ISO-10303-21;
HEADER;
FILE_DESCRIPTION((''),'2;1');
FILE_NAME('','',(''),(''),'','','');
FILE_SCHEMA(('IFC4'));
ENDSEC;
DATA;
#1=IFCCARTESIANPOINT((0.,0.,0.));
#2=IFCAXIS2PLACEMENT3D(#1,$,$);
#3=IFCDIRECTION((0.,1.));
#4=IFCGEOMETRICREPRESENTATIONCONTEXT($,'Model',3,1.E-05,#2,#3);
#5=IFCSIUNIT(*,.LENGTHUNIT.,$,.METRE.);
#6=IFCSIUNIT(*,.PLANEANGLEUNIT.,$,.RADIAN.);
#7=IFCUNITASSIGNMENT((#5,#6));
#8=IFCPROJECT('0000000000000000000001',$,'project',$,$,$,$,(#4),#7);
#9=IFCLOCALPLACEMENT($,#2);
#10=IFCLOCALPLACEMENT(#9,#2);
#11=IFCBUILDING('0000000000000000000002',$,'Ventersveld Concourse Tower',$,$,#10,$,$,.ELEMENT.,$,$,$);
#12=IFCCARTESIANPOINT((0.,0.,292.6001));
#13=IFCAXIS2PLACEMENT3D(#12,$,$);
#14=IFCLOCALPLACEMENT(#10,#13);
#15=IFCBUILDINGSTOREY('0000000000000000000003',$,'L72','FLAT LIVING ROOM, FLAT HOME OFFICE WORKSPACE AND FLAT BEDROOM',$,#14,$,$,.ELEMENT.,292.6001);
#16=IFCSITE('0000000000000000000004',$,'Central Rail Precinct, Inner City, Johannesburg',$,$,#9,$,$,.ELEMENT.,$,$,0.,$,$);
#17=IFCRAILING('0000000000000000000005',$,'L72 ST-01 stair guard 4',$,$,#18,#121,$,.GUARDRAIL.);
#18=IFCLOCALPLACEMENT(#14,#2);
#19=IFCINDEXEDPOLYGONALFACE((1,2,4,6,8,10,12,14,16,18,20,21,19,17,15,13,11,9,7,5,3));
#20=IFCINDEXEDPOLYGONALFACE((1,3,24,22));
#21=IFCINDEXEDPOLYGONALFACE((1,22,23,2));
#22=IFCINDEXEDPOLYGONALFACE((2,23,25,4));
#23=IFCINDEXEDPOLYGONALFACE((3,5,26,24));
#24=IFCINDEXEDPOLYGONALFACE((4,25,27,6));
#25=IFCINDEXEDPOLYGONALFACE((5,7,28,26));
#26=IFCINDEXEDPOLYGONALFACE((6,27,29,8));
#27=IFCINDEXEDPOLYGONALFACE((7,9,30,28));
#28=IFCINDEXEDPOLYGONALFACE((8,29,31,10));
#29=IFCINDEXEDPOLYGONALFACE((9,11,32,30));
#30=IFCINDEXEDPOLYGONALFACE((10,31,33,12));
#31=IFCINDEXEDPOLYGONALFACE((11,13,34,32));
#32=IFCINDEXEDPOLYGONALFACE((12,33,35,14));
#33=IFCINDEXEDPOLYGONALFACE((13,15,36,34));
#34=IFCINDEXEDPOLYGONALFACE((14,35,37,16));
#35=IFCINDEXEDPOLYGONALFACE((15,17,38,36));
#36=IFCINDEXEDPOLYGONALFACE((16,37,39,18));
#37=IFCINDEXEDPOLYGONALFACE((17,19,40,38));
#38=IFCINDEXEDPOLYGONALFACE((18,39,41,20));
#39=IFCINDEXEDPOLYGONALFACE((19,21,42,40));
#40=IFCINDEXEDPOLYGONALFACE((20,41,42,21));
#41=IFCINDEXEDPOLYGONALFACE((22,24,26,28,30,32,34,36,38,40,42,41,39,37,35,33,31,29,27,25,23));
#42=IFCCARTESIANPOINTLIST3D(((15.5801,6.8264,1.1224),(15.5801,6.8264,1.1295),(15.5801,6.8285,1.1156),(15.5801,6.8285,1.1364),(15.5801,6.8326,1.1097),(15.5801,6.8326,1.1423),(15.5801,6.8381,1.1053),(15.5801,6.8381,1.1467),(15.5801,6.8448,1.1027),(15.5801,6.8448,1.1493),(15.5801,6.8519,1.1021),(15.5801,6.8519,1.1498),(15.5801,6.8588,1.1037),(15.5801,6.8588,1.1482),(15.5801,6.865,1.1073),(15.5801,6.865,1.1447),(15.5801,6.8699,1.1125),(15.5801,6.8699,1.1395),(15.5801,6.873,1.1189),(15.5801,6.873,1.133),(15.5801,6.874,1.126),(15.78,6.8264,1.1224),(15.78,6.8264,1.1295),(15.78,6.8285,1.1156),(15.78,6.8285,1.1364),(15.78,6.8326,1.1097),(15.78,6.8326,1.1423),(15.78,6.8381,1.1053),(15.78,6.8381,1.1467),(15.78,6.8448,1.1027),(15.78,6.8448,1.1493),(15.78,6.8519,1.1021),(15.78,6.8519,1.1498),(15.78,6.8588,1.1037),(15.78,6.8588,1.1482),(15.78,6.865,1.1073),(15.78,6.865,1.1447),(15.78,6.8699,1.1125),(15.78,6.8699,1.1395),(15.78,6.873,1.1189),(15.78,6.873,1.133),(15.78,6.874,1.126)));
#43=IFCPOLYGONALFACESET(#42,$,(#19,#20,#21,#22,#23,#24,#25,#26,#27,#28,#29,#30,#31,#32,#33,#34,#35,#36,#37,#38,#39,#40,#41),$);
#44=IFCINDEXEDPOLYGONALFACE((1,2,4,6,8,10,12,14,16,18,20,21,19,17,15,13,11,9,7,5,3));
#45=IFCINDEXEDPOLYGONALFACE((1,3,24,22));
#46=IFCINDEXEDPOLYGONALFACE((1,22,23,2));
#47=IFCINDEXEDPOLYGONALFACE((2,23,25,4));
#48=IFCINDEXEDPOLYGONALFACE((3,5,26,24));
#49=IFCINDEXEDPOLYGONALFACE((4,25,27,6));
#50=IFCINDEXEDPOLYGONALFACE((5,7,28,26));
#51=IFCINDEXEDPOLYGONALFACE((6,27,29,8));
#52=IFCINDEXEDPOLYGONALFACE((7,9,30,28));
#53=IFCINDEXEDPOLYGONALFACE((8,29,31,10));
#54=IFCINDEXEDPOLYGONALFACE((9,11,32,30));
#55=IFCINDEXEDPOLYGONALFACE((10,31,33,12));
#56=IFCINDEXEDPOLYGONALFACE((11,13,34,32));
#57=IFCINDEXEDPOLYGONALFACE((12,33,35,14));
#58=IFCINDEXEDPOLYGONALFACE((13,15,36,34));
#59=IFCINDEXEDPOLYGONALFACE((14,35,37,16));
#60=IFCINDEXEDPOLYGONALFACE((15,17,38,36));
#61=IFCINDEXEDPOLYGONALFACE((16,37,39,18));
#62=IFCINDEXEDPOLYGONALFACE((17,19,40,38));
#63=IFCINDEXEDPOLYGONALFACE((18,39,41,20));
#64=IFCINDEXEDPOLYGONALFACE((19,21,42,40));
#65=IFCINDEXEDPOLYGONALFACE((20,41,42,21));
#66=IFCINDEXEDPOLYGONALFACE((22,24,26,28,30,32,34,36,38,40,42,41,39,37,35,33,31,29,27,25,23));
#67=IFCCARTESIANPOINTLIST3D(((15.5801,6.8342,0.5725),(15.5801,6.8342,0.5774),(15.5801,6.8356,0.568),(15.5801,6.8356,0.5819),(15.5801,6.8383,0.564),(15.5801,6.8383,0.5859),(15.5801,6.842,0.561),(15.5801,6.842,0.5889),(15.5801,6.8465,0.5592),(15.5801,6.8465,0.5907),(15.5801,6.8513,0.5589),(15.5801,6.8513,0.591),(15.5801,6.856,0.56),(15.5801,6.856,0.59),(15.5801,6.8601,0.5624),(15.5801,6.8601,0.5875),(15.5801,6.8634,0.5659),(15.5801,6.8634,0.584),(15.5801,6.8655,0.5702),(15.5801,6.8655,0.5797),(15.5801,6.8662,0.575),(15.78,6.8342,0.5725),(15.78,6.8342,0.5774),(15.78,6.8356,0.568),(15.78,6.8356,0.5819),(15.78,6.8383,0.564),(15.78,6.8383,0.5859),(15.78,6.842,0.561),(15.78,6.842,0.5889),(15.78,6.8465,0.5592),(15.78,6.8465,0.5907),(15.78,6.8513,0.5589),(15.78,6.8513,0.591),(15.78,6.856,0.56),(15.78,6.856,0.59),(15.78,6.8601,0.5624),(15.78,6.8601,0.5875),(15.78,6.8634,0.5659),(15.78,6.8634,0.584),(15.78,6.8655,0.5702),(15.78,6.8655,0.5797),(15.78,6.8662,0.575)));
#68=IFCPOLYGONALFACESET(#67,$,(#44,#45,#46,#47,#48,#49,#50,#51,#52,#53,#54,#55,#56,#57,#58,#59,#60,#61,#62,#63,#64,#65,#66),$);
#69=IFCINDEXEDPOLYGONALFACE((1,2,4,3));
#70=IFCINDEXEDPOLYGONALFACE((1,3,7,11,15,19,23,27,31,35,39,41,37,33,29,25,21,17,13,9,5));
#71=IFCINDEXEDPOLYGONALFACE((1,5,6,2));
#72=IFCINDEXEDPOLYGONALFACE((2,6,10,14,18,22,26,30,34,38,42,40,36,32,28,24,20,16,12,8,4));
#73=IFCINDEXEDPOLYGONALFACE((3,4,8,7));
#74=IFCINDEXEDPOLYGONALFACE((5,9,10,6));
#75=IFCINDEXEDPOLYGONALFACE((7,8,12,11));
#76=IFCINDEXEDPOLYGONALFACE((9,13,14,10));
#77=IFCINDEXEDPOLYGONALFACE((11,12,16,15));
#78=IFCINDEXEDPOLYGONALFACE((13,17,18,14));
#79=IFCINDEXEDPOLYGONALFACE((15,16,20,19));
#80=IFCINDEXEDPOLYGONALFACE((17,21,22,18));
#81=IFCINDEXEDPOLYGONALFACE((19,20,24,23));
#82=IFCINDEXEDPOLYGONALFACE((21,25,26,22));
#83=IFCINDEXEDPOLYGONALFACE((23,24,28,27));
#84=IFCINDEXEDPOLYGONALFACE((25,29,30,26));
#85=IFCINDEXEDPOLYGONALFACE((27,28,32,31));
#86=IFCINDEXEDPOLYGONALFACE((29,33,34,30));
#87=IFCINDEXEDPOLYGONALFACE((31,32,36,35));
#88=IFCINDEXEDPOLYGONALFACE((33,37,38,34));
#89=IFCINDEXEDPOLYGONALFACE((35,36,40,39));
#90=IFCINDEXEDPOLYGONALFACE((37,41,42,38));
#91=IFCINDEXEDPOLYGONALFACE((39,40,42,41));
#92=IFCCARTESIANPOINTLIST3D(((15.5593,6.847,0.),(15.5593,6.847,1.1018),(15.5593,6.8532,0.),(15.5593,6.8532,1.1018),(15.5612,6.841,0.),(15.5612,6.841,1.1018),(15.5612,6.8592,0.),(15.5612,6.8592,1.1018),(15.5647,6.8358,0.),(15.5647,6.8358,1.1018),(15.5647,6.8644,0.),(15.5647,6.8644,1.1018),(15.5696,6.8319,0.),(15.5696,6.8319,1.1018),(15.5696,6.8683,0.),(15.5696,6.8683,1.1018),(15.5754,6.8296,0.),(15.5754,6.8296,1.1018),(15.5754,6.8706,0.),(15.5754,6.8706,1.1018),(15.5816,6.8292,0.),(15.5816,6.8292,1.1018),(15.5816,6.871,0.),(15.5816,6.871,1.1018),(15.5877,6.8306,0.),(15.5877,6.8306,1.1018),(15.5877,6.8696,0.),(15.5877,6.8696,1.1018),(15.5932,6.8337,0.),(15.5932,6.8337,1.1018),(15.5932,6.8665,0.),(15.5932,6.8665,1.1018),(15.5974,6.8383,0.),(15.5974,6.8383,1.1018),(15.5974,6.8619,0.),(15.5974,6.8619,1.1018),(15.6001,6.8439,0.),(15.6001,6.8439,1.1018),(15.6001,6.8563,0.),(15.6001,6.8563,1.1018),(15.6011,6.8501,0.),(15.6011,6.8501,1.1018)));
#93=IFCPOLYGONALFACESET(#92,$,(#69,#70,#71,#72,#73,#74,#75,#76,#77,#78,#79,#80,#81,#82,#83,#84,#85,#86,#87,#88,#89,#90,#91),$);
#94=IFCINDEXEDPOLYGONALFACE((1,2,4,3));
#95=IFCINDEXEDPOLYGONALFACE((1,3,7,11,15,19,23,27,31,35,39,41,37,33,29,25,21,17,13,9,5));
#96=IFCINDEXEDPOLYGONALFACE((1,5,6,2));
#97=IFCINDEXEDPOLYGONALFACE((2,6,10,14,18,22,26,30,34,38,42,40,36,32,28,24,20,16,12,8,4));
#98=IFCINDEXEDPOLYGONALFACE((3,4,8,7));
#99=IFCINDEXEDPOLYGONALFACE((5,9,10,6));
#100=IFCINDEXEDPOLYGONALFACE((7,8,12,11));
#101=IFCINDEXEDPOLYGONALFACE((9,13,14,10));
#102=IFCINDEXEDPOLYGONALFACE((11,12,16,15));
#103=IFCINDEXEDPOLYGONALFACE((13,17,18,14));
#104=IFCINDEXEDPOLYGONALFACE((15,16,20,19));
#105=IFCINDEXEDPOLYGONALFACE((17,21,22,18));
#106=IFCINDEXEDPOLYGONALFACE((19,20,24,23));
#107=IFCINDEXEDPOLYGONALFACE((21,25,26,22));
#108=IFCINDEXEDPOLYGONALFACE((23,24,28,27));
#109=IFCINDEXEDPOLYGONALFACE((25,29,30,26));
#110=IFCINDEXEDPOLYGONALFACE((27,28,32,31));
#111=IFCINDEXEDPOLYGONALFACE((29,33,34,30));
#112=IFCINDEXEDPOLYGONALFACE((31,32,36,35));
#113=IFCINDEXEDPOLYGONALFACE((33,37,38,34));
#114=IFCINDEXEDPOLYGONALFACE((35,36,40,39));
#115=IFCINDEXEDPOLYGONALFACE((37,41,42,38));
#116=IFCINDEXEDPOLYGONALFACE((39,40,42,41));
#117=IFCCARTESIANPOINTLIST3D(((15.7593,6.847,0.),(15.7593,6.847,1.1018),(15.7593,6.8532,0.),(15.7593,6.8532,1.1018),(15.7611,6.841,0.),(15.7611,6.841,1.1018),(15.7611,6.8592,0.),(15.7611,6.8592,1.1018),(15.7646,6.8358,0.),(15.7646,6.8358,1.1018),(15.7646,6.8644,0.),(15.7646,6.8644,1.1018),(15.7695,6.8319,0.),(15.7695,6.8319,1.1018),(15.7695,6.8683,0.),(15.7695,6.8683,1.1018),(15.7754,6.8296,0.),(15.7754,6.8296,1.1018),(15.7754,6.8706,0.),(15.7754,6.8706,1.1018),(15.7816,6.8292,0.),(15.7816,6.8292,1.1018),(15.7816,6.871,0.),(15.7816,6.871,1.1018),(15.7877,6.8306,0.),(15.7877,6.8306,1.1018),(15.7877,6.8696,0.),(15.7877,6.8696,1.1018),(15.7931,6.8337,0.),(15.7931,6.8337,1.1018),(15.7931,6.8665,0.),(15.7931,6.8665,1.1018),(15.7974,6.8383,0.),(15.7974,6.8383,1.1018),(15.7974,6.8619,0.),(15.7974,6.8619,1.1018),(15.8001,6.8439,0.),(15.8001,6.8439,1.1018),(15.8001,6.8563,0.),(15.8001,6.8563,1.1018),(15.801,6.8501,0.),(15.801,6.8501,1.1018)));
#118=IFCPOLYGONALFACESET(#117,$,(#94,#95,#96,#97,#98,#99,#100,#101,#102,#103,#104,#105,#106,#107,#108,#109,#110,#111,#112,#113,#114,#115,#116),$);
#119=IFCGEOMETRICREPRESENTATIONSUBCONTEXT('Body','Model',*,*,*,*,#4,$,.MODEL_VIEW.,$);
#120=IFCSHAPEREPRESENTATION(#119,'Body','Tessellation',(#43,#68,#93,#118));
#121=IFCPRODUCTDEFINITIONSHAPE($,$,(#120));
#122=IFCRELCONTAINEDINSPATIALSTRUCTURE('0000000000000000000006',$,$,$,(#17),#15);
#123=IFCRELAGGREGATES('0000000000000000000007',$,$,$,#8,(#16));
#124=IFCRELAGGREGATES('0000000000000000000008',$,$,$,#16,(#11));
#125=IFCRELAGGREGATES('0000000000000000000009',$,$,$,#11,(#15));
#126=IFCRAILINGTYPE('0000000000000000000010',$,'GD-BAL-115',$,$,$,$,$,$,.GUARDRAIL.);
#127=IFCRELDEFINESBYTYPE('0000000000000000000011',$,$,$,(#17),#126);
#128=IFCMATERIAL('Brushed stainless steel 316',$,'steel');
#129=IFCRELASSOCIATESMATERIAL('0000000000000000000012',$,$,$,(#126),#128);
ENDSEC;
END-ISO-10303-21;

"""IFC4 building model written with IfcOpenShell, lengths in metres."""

from ifc_helpers import new_model, si_unit, direction, frame, origin, origin_2d, place, context, subcontext, project, spatial, circle, extrude, material, type_object, element, save


model = new_model("IFC4")

# Units and contexts
model_context = context("Model", 3, precision=1e-05, world=origin(), true_north=direction((0.0, 1.0)))
body_context = subcontext(model_context, "Body", "Model", "MODEL_VIEW")
ifc_project = project(units=[si_unit("LENGTHUNIT", "METRE"), si_unit("PLANEANGLEUNIT", "RADIAN")], contexts=[model_context])

# Site, building, storey
site_placement = place(None, origin())
site = spatial("IfcSite", under=ifc_project, at=site_placement, Name="Central Rail Precinct, Inner City, Johannesburg", CompositionType="ELEMENT", RefElevation=0.0)
building_placement = place(site_placement, origin())
building = spatial("IfcBuilding", under=site, at=building_placement, Name="Ventersveld Concourse Tower", CompositionType="ELEMENT")
storey_placement = place(building_placement, frame((0.0, 0.0, 292.6001)))
storey = spatial("IfcBuildingStorey", under=building, at=storey_placement, Name="L72", Description="FLAT LIVING ROOM, FLAT HOME OFFICE WORKSPACE AND FLAT BEDROOM", CompositionType="ELEMENT", Elevation=292.6001)

# Shared definitions
ifc_material_1 = material(Name="Brushed stainless steel 316", Category="steel")

# Railing
railing_type_1 = type_object("IfcRailingType", Name="GD-BAL-115", PredefinedType="GUARDRAIL", material=ifc_material_1)
railing_1_placement = place(storey_placement, frame((15.5801, 6.8501, 0.0)))
element("IfcRailing", 1, at=railing_1_placement, inside=storey, type_object=railing_type_1, Name="L72 ST-01 stair guard 4", PredefinedType="GUARDRAIL", context=body_context, shape_type="SweptSolid", body=[
    extrude(circle(Radius=0.0239, at=origin_2d()), frame((0.0, 0.0, 1.126), z_axis=(1.0, 0.0, 0.0), x_axis=(0.0, 1.0, 0.0)), (0.0, 0.0, 1.0), 0.2),
    extrude(circle(Radius=0.0161, at=origin_2d()), frame((0.0, 0.0, 0.575), z_axis=(1.0, 0.0, 0.0), x_axis=(0.0, 1.0, 0.0)), (0.0, 0.0, 1.0), 0.2),
    extrude(circle(Radius=0.021, at=origin_2d()), origin(), (0.0, 0.0, 1.0), 1.1018),
    extrude(circle(Radius=0.021, at=origin_2d()), frame((0.2, 0.0, 0.0)), (0.0, 0.0, 1.0), 1.1018),
])

save(model, "model.ifc")
